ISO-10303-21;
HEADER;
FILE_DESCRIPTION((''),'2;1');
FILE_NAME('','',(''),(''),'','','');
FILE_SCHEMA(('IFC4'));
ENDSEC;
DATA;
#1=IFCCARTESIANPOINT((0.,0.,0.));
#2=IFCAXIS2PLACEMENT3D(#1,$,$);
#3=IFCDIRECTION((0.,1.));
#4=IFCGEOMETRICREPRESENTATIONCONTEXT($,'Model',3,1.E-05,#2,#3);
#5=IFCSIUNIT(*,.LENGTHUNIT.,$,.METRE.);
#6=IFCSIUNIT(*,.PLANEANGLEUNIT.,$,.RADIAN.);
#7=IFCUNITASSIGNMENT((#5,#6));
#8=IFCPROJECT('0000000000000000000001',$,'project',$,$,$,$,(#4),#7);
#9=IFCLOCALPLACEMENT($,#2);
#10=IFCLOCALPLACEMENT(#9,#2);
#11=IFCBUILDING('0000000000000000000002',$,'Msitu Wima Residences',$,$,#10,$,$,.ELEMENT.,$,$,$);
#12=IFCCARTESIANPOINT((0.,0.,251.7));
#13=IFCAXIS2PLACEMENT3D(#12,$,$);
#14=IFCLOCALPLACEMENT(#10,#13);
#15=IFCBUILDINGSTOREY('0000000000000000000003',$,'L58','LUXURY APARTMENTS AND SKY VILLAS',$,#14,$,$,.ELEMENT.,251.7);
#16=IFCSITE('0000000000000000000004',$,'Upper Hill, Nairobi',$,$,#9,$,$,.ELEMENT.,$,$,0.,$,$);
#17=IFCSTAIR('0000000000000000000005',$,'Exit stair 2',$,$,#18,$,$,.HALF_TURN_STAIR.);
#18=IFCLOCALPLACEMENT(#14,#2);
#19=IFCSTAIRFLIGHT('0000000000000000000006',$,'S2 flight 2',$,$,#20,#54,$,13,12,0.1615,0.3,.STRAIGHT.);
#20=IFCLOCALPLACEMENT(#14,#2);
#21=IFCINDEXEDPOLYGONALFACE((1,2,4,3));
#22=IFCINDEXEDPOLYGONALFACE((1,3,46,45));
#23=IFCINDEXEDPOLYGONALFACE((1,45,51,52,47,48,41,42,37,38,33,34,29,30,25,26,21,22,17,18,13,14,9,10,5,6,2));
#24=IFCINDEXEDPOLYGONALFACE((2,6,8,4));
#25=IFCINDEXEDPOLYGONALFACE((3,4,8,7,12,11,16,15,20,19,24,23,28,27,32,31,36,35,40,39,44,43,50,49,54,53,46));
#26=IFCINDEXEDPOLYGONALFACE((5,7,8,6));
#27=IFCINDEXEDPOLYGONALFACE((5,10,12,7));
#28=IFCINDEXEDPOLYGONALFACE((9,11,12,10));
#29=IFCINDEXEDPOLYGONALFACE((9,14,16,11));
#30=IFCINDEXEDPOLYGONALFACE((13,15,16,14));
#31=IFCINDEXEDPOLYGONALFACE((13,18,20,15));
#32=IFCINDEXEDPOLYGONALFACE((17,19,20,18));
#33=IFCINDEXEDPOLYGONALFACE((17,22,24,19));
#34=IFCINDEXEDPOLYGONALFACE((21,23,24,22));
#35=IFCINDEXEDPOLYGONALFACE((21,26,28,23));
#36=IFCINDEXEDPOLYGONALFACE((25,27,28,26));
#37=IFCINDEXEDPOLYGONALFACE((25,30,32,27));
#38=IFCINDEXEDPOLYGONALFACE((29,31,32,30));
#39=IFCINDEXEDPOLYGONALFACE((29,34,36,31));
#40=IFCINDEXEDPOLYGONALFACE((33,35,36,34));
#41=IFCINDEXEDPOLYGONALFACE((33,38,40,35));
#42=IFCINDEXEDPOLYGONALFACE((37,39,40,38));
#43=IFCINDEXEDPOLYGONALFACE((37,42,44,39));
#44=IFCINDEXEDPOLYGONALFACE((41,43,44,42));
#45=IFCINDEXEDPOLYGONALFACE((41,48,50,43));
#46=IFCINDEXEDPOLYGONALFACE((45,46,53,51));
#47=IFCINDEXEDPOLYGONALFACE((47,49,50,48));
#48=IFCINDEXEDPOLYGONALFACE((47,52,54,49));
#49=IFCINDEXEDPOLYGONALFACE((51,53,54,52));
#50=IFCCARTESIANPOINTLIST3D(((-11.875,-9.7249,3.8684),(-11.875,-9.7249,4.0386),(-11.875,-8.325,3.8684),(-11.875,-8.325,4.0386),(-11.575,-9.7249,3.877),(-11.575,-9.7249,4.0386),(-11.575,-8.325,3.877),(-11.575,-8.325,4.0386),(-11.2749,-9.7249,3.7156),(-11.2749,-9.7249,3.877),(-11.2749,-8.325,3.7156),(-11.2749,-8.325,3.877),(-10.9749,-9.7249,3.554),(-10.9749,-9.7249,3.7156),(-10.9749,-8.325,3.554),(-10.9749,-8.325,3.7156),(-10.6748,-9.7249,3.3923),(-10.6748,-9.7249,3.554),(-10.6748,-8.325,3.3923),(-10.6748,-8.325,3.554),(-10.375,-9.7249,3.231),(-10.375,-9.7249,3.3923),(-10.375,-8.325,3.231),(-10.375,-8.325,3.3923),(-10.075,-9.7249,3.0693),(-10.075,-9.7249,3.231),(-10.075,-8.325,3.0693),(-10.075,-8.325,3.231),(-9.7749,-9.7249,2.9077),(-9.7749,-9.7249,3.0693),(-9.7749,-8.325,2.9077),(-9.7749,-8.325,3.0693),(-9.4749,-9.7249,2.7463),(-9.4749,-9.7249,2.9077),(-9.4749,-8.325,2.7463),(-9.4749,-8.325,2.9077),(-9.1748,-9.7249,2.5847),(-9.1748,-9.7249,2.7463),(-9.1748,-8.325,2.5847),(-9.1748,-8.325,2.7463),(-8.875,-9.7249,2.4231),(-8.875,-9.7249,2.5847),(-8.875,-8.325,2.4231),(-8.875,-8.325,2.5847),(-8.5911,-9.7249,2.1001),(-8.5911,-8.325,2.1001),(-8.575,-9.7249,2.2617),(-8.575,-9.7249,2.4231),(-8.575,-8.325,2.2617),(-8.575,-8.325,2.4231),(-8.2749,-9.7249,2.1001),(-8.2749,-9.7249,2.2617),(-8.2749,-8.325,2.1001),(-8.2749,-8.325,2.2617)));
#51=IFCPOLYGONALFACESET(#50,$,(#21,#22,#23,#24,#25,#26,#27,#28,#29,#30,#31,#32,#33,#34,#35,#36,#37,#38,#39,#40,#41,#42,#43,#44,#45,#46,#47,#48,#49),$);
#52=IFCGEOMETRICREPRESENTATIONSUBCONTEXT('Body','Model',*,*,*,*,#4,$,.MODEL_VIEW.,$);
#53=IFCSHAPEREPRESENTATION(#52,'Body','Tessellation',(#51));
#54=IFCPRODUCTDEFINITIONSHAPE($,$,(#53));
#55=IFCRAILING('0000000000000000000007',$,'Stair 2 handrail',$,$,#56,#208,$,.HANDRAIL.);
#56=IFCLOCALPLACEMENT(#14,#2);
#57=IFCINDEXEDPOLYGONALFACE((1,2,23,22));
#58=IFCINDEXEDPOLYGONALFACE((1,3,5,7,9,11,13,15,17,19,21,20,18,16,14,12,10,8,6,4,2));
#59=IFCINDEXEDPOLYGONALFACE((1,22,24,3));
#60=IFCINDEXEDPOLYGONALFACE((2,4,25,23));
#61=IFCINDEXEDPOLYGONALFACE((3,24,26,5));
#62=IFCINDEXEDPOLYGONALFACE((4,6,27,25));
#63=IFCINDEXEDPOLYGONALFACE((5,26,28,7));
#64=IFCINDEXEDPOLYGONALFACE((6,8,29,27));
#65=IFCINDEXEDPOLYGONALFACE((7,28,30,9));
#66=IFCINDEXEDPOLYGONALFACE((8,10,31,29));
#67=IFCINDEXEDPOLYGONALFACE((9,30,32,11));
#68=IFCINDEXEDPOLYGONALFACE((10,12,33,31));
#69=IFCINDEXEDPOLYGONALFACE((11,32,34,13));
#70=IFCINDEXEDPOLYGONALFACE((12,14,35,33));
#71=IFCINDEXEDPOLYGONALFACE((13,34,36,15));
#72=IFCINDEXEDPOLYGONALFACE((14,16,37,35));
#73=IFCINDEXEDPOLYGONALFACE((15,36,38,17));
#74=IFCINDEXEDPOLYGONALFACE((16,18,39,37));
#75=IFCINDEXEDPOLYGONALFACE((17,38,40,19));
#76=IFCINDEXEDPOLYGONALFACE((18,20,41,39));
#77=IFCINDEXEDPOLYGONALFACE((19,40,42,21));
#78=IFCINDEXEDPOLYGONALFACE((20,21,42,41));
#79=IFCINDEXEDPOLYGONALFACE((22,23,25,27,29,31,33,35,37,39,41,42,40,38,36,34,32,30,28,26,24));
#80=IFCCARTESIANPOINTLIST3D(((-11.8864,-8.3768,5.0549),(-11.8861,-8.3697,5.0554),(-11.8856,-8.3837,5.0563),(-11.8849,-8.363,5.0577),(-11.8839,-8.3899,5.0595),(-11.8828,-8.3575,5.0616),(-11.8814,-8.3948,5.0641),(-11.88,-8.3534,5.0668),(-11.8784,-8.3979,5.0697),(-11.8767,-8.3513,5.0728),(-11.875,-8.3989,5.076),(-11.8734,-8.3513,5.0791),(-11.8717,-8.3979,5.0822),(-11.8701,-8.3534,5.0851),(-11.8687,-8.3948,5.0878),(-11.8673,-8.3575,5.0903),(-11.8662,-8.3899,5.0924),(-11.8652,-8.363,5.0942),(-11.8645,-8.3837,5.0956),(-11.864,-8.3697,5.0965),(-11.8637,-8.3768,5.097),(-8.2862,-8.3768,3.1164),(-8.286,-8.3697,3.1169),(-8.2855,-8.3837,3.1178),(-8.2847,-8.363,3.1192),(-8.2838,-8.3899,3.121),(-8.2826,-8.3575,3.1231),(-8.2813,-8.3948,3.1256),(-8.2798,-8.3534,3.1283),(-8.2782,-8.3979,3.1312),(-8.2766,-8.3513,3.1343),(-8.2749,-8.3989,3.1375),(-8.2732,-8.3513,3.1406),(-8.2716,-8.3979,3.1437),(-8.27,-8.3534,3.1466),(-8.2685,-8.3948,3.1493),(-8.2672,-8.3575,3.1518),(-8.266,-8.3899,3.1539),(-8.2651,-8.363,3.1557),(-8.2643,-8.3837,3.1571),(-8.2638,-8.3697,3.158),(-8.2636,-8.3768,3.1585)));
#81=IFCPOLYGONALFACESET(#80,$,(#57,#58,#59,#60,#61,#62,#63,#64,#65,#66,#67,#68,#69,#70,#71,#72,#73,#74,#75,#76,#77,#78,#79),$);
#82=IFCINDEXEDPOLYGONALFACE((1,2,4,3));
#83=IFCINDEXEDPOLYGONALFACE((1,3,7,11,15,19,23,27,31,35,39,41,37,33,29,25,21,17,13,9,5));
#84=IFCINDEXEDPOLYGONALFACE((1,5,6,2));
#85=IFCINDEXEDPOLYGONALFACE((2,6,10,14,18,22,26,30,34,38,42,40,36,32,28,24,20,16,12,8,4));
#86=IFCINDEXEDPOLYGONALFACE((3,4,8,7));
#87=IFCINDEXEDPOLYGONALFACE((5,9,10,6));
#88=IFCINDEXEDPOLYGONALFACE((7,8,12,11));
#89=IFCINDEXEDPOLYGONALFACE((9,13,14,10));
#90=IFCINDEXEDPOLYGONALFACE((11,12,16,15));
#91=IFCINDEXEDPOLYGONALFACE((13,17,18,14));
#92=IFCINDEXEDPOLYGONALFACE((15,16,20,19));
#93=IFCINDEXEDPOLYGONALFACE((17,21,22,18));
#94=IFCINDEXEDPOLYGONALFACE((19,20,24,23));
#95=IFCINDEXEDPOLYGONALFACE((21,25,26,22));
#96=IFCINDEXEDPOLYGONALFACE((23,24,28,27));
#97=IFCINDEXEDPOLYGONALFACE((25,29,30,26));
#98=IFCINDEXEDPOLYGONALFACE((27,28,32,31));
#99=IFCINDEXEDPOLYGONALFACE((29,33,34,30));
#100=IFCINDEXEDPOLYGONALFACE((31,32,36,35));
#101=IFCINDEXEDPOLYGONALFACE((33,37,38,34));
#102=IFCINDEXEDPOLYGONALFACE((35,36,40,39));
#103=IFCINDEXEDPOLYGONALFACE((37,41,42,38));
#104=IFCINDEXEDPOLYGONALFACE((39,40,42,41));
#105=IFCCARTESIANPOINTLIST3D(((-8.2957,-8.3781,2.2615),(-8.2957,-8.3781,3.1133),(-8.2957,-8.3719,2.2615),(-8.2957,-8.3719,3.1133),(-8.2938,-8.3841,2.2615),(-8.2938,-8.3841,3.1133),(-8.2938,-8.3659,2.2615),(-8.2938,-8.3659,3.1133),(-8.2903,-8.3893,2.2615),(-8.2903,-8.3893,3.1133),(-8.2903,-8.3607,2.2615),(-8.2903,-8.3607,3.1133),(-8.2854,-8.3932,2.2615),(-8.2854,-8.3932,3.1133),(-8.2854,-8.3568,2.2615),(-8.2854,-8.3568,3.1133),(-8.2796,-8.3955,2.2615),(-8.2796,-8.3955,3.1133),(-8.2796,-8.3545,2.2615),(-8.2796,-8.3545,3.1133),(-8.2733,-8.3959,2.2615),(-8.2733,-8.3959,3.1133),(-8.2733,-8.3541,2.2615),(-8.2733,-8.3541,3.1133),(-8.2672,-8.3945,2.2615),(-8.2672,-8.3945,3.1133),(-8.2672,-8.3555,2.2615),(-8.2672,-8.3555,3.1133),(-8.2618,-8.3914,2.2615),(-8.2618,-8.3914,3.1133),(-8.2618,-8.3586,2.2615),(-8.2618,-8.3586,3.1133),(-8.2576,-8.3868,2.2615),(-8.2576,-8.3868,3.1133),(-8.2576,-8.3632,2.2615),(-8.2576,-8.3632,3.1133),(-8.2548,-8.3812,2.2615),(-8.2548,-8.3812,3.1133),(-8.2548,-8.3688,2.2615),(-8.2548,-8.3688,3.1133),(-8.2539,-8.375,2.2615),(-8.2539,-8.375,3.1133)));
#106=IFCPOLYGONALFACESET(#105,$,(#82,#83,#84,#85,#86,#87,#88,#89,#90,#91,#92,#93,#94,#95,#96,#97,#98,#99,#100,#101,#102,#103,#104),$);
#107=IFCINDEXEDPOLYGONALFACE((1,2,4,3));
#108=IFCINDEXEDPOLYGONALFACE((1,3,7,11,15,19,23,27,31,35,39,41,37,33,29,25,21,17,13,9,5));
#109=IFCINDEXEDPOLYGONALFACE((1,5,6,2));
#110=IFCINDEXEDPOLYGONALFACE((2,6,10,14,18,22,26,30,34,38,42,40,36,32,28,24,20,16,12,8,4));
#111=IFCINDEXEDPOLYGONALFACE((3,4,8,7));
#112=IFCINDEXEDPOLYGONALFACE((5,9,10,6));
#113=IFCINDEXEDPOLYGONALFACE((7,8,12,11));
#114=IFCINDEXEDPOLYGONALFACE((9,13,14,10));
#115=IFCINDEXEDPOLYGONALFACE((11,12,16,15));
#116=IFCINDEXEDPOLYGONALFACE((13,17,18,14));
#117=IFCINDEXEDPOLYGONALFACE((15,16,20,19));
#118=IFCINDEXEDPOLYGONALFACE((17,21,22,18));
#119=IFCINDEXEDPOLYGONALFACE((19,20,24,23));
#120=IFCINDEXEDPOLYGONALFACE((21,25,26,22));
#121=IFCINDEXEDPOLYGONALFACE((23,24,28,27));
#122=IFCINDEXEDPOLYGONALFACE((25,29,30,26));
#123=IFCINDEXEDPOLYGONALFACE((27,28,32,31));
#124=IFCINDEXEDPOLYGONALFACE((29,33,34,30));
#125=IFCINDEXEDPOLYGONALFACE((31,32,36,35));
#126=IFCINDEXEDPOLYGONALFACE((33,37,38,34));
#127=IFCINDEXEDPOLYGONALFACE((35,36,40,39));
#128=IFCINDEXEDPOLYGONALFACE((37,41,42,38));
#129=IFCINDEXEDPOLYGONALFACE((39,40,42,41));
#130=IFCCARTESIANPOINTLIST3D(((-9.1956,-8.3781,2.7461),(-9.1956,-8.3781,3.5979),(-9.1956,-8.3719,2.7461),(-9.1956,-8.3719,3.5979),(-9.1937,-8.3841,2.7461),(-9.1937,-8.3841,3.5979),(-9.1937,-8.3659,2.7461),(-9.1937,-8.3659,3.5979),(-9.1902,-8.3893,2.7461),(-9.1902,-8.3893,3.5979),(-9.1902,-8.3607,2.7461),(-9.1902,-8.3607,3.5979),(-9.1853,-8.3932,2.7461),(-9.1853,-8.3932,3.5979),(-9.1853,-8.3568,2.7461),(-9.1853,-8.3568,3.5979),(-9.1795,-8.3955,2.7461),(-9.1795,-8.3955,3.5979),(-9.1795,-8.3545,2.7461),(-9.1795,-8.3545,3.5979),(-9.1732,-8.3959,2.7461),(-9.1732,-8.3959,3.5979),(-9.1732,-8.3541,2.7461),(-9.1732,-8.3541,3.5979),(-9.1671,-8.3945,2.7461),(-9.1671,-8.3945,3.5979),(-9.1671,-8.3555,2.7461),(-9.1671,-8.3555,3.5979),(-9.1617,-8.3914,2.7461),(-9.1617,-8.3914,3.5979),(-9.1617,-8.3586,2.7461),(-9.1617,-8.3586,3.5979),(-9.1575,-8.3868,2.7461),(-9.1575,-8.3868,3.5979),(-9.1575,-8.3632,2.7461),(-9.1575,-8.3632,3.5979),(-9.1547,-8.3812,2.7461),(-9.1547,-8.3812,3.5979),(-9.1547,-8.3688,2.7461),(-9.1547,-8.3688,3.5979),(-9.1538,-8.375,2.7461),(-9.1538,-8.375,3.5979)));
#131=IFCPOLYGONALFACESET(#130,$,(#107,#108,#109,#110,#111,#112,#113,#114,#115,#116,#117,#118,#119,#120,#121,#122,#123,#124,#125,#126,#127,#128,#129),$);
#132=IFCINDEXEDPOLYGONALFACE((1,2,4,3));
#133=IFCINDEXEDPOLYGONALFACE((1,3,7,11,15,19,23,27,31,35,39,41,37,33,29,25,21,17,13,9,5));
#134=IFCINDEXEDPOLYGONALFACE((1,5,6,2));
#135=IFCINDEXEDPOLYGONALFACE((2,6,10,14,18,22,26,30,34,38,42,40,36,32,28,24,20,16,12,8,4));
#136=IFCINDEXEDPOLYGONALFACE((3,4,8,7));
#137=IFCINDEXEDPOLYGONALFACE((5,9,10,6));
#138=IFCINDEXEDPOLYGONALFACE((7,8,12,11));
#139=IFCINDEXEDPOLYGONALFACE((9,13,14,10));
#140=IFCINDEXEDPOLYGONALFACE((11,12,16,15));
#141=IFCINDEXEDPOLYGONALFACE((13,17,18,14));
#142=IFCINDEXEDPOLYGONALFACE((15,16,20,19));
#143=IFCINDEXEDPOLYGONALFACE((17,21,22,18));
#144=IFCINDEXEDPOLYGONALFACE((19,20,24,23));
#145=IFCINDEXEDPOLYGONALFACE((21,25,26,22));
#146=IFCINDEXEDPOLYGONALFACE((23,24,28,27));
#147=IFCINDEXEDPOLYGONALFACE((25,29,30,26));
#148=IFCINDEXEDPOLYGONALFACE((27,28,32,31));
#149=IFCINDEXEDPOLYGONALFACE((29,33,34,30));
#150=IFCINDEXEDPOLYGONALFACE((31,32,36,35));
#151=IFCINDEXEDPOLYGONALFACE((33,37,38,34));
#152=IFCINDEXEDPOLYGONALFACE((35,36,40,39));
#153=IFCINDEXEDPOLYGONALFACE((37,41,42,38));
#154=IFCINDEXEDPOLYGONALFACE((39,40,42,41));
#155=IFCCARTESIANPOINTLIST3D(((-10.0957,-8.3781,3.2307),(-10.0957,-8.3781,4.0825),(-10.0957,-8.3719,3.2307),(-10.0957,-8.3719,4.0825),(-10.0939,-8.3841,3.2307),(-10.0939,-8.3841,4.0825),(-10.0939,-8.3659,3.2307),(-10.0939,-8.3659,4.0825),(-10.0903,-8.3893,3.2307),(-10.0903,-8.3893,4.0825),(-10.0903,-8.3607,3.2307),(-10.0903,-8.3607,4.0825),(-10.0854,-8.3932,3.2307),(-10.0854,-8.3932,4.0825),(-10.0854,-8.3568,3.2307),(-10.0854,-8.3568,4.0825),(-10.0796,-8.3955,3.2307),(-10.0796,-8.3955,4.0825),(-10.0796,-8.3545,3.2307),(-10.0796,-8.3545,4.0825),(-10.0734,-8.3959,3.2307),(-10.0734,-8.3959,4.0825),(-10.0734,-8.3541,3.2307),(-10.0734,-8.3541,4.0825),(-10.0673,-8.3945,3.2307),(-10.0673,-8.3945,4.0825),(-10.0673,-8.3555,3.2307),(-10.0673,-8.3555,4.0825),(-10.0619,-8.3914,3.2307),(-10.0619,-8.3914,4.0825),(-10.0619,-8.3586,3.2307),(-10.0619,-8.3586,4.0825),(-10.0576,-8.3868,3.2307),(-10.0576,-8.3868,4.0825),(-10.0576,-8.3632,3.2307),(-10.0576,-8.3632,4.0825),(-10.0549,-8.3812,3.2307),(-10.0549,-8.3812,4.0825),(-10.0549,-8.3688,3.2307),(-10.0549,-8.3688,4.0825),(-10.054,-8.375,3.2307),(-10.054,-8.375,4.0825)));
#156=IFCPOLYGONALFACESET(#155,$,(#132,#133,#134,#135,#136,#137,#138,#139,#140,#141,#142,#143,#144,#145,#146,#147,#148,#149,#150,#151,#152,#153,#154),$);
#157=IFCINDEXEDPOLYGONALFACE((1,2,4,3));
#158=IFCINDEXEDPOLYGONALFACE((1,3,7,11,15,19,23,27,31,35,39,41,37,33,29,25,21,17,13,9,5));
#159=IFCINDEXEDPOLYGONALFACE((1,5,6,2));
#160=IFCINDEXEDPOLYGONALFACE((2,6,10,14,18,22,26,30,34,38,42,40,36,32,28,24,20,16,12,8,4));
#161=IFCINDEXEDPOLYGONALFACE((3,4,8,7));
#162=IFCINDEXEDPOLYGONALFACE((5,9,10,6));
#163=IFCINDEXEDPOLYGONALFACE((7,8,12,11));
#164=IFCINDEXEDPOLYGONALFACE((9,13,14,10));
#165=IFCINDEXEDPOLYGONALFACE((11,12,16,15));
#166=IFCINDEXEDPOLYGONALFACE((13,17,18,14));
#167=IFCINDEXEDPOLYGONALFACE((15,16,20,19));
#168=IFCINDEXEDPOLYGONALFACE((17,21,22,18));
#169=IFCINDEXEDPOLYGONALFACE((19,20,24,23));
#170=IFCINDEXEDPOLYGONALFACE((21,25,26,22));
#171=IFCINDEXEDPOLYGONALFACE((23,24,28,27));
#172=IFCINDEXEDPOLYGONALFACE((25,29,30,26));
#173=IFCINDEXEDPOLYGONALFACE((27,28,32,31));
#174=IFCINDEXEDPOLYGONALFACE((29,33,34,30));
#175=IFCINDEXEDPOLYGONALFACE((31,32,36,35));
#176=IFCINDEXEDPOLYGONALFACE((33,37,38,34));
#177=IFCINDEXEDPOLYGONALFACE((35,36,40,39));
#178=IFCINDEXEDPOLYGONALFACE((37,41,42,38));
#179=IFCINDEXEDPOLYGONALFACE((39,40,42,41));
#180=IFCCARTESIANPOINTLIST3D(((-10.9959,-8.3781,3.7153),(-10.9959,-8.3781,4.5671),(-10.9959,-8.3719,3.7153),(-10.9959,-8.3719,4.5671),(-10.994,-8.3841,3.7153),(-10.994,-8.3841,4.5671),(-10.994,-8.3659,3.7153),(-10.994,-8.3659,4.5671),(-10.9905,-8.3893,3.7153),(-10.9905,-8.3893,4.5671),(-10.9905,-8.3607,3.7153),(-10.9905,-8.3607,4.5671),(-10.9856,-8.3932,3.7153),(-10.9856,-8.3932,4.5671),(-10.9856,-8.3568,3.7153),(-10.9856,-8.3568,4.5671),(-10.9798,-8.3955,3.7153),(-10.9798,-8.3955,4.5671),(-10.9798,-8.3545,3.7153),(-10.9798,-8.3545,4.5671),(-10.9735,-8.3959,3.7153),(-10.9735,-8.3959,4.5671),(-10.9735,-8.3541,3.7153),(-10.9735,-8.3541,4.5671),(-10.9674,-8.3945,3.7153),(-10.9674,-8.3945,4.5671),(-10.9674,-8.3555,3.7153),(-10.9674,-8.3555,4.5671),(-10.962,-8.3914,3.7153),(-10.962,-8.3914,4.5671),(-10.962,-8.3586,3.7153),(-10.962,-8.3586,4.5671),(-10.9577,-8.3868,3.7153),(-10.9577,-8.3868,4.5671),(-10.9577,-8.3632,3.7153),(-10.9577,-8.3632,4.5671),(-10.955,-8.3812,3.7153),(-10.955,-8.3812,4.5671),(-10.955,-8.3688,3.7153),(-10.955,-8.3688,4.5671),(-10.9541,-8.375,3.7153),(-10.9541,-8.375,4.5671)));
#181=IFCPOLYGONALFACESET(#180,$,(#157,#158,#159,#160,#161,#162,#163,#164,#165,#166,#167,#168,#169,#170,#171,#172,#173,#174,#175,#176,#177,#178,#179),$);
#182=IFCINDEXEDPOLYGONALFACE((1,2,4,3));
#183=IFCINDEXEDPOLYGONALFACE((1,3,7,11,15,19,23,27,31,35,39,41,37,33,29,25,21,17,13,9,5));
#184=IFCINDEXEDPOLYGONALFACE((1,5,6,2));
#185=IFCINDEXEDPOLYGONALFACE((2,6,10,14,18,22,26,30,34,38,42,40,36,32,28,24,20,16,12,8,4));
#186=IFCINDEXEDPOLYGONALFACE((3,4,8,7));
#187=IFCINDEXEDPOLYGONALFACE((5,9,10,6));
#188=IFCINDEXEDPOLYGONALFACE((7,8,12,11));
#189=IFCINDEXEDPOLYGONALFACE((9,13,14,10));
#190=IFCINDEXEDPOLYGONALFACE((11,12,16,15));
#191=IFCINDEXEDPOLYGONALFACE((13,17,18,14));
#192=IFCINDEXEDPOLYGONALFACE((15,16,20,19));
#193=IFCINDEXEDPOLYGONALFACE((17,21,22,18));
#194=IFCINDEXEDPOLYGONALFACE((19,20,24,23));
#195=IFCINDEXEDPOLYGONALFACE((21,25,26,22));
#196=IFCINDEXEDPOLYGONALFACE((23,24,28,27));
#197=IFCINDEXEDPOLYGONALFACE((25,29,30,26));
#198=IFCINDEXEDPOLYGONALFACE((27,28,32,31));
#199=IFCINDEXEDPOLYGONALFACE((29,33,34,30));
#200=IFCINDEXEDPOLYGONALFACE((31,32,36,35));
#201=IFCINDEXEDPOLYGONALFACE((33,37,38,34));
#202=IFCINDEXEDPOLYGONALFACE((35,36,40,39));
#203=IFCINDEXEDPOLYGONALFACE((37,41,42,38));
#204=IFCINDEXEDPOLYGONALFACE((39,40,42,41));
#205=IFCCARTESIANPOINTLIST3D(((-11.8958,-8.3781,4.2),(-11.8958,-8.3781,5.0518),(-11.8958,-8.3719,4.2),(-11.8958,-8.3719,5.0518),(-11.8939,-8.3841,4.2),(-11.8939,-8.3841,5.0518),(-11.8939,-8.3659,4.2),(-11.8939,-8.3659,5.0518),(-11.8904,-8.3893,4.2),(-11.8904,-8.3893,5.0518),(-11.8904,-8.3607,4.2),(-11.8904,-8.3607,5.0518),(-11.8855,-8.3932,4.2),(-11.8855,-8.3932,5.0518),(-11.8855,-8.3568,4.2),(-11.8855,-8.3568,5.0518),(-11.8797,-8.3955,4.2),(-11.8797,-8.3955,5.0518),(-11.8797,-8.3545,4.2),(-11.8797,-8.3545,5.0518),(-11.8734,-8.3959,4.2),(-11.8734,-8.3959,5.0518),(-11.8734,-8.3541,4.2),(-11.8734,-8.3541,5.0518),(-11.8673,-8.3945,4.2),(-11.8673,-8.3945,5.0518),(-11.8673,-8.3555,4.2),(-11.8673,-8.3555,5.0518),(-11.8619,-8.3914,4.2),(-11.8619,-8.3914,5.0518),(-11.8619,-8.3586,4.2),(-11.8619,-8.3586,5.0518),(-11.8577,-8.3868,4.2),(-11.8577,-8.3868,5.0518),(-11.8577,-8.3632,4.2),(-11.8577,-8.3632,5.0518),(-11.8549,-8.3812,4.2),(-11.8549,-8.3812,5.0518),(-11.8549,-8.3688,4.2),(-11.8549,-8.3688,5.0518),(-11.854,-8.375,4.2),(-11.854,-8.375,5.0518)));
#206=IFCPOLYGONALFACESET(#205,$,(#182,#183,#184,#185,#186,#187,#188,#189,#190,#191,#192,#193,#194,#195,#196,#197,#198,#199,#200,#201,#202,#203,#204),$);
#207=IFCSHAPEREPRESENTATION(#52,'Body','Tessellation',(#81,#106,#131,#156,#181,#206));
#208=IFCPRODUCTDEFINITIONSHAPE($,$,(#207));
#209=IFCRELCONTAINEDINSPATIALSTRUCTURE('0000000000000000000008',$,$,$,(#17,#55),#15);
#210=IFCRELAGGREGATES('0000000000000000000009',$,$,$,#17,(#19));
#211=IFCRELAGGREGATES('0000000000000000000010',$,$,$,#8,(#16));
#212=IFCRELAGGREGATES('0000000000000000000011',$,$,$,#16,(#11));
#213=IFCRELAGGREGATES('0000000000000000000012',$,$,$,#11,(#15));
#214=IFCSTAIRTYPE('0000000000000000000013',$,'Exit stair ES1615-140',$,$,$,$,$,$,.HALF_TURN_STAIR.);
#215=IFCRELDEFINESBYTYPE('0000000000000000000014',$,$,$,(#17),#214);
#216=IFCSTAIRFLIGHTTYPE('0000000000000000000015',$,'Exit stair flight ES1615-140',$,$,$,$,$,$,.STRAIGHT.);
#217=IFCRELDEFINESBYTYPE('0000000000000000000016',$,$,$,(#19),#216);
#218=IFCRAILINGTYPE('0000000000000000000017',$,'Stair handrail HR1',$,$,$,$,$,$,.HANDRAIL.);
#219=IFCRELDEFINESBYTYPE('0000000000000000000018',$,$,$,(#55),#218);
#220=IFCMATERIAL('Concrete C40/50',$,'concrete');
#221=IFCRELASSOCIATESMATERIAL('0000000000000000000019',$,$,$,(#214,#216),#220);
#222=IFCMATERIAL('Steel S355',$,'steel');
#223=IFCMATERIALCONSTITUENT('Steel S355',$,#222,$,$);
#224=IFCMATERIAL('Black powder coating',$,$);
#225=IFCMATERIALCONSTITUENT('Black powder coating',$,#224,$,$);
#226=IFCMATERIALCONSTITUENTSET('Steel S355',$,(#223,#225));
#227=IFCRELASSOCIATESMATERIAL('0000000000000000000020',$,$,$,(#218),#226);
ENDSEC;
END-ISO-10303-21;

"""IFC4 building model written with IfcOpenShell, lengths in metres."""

from ifc_helpers import new_model, si_unit, direction, frame, origin, origin_2d, place, context, subcontext, project, spatial, polyline, circle, outline, extrude, material, constituent, constituent_set, type_object, element, aggregate, save


model = new_model("IFC4")

# Units and contexts
model_context = context("Model", 3, precision=1e-05, world=origin(), true_north=direction((0.0, 1.0)))
body_context = subcontext(model_context, "Body", "Model", "MODEL_VIEW")
ifc_project = project(units=[si_unit("LENGTHUNIT", "METRE"), si_unit("PLANEANGLEUNIT", "RADIAN")], contexts=[model_context])

# Site, building, storey
site_placement = place(None, origin())
site = spatial("IfcSite", under=ifc_project, at=site_placement, Name="Upper Hill, Nairobi", CompositionType="ELEMENT", RefElevation=0.0)
building_placement = place(site_placement, origin())
building = spatial("IfcBuilding", under=site, at=building_placement, Name="Msitu Wima Residences", CompositionType="ELEMENT")
storey_placement = place(building_placement, frame((0.0, 0.0, 251.7)))
storey = spatial("IfcBuildingStorey", under=building, at=storey_placement, Name="L58", Description="LUXURY APARTMENTS AND SKY VILLAS", CompositionType="ELEMENT", Elevation=251.7)

# Shared definitions
ifc_material_1 = material(Name="Concrete C40/50", Category="concrete")

# Stair, stair flight
stair_type = type_object("IfcStairType", Name="Exit stair ES1615-140", PredefinedType="HALF_TURN_STAIR", material=ifc_material_1)
stair_placement = place(storey_placement, origin())
stair = element("IfcStair", 1, at=stair_placement, inside=storey, type_object=stair_type, Name="Exit stair 2", PredefinedType="HALF_TURN_STAIR")
stair_flight_type = type_object("IfcStairFlightType", Name="Exit stair flight ES1615-140", PredefinedType="STRAIGHT", material=ifc_material_1)
stair_flight_placement = place(storey_placement, frame((-8.2749, -9.0249, 2.1001), z_axis=(0.0, 0.0, 1.0), x_axis=(-1.0, 0.0, 0.0)))
stair_flight = element("IfcStairFlight", 2, at=stair_flight_placement, type_object=stair_flight_type, Name="S2 flight 2", NumberOfRisers=13, NumberOfTreads=12, PredefinedType="STRAIGHT", RiserHeight=0.1615, TreadLength=0.3, context=body_context, shape_type="SweptSolid", body=[
    extrude(outline(polyline([(0.0, 0.0), (0.0, 0.1616), (0.3, 0.1616), (0.3, 0.323), (0.6001, 0.323), (0.6001, 0.4846), (0.8999, 0.4846), (0.8999, 0.6462), (1.2, 0.6462), (1.2, 0.8076), (1.5, 0.8076), (1.5, 0.9692), (1.8, 0.9692), (1.8, 1.1309), (2.1001, 1.1309), (2.1001, 1.2922), (2.3999, 1.2922), (2.3999, 1.4539), (2.7, 1.4539), (2.7, 1.6155), (3.0, 1.6155), (3.0, 1.7769), (3.3, 1.7769), (3.3, 1.9385), (3.6001, 1.9385), (3.6001, 2.1001), (3.6001, 1.7683), (0.3162, 0.0), (0.0, 0.0)])), frame((0.0, 0.7, 0.0), z_axis=(0.0, -1.0, 0.0), x_axis=(1.0, 0.0, 0.0)), (0.0, 0.0, 1.0), 1.3999),
])
aggregate(stair, [stair_flight])

# Railing
ifc_material_2 = material(Name="Steel S355", Category="steel")
ifc_constituent_1 = constituent(ifc_material_2, Name="Steel S355")
ifc_material_3 = material(Name="Black powder coating")
ifc_constituent_2 = constituent(ifc_material_3, Name="Black powder coating")
ifc_constituent_set = constituent_set(constituents=[ifc_constituent_1, ifc_constituent_2], Name="Steel S355")
railing_type = type_object("IfcRailingType", Name="Stair handrail HR1", PredefinedType="HANDRAIL", material=ifc_constituent_set)
railing_placement = place(storey_placement, frame((-8.2749, -8.375, 2.2615)))
element("IfcRailing", 3, at=railing_placement, inside=storey, type_object=railing_type, Name="Stair 2 handrail", PredefinedType="HANDRAIL", context=body_context, shape_type="SweptSolid", body=[
    extrude(circle(Radius=0.0239, at=origin_2d()), frame((0.0, 0.0, 0.876), z_axis=(-0.880475, 0.0, 0.474093), x_axis=(0.0, -1.0, 0.0)), (0.0, 0.0, 1.0), 4.0889),
    extrude(circle(Radius=0.021, at=origin_2d()), origin(), (0.0, 0.0, 1.0), 0.8518),
    extrude(circle(Radius=0.021, at=origin_2d()), frame((-0.8999, 0.0, 0.4846)), (0.0, 0.0, 1.0), 0.8518),
    extrude(circle(Radius=0.021, at=origin_2d()), frame((-1.8, 0.0, 0.9692)), (0.0, 0.0, 1.0), 0.8518),
    extrude(circle(Radius=0.021, at=origin_2d()), frame((-2.7002, 0.0, 1.4539)), (0.0, 0.0, 1.0), 0.8518),
    extrude(circle(Radius=0.021, at=origin_2d()), frame((-3.6001, 0.0, 1.9385)), (0.0, 0.0, 1.0), 0.8518),
])

save(model, "model.ifc")
